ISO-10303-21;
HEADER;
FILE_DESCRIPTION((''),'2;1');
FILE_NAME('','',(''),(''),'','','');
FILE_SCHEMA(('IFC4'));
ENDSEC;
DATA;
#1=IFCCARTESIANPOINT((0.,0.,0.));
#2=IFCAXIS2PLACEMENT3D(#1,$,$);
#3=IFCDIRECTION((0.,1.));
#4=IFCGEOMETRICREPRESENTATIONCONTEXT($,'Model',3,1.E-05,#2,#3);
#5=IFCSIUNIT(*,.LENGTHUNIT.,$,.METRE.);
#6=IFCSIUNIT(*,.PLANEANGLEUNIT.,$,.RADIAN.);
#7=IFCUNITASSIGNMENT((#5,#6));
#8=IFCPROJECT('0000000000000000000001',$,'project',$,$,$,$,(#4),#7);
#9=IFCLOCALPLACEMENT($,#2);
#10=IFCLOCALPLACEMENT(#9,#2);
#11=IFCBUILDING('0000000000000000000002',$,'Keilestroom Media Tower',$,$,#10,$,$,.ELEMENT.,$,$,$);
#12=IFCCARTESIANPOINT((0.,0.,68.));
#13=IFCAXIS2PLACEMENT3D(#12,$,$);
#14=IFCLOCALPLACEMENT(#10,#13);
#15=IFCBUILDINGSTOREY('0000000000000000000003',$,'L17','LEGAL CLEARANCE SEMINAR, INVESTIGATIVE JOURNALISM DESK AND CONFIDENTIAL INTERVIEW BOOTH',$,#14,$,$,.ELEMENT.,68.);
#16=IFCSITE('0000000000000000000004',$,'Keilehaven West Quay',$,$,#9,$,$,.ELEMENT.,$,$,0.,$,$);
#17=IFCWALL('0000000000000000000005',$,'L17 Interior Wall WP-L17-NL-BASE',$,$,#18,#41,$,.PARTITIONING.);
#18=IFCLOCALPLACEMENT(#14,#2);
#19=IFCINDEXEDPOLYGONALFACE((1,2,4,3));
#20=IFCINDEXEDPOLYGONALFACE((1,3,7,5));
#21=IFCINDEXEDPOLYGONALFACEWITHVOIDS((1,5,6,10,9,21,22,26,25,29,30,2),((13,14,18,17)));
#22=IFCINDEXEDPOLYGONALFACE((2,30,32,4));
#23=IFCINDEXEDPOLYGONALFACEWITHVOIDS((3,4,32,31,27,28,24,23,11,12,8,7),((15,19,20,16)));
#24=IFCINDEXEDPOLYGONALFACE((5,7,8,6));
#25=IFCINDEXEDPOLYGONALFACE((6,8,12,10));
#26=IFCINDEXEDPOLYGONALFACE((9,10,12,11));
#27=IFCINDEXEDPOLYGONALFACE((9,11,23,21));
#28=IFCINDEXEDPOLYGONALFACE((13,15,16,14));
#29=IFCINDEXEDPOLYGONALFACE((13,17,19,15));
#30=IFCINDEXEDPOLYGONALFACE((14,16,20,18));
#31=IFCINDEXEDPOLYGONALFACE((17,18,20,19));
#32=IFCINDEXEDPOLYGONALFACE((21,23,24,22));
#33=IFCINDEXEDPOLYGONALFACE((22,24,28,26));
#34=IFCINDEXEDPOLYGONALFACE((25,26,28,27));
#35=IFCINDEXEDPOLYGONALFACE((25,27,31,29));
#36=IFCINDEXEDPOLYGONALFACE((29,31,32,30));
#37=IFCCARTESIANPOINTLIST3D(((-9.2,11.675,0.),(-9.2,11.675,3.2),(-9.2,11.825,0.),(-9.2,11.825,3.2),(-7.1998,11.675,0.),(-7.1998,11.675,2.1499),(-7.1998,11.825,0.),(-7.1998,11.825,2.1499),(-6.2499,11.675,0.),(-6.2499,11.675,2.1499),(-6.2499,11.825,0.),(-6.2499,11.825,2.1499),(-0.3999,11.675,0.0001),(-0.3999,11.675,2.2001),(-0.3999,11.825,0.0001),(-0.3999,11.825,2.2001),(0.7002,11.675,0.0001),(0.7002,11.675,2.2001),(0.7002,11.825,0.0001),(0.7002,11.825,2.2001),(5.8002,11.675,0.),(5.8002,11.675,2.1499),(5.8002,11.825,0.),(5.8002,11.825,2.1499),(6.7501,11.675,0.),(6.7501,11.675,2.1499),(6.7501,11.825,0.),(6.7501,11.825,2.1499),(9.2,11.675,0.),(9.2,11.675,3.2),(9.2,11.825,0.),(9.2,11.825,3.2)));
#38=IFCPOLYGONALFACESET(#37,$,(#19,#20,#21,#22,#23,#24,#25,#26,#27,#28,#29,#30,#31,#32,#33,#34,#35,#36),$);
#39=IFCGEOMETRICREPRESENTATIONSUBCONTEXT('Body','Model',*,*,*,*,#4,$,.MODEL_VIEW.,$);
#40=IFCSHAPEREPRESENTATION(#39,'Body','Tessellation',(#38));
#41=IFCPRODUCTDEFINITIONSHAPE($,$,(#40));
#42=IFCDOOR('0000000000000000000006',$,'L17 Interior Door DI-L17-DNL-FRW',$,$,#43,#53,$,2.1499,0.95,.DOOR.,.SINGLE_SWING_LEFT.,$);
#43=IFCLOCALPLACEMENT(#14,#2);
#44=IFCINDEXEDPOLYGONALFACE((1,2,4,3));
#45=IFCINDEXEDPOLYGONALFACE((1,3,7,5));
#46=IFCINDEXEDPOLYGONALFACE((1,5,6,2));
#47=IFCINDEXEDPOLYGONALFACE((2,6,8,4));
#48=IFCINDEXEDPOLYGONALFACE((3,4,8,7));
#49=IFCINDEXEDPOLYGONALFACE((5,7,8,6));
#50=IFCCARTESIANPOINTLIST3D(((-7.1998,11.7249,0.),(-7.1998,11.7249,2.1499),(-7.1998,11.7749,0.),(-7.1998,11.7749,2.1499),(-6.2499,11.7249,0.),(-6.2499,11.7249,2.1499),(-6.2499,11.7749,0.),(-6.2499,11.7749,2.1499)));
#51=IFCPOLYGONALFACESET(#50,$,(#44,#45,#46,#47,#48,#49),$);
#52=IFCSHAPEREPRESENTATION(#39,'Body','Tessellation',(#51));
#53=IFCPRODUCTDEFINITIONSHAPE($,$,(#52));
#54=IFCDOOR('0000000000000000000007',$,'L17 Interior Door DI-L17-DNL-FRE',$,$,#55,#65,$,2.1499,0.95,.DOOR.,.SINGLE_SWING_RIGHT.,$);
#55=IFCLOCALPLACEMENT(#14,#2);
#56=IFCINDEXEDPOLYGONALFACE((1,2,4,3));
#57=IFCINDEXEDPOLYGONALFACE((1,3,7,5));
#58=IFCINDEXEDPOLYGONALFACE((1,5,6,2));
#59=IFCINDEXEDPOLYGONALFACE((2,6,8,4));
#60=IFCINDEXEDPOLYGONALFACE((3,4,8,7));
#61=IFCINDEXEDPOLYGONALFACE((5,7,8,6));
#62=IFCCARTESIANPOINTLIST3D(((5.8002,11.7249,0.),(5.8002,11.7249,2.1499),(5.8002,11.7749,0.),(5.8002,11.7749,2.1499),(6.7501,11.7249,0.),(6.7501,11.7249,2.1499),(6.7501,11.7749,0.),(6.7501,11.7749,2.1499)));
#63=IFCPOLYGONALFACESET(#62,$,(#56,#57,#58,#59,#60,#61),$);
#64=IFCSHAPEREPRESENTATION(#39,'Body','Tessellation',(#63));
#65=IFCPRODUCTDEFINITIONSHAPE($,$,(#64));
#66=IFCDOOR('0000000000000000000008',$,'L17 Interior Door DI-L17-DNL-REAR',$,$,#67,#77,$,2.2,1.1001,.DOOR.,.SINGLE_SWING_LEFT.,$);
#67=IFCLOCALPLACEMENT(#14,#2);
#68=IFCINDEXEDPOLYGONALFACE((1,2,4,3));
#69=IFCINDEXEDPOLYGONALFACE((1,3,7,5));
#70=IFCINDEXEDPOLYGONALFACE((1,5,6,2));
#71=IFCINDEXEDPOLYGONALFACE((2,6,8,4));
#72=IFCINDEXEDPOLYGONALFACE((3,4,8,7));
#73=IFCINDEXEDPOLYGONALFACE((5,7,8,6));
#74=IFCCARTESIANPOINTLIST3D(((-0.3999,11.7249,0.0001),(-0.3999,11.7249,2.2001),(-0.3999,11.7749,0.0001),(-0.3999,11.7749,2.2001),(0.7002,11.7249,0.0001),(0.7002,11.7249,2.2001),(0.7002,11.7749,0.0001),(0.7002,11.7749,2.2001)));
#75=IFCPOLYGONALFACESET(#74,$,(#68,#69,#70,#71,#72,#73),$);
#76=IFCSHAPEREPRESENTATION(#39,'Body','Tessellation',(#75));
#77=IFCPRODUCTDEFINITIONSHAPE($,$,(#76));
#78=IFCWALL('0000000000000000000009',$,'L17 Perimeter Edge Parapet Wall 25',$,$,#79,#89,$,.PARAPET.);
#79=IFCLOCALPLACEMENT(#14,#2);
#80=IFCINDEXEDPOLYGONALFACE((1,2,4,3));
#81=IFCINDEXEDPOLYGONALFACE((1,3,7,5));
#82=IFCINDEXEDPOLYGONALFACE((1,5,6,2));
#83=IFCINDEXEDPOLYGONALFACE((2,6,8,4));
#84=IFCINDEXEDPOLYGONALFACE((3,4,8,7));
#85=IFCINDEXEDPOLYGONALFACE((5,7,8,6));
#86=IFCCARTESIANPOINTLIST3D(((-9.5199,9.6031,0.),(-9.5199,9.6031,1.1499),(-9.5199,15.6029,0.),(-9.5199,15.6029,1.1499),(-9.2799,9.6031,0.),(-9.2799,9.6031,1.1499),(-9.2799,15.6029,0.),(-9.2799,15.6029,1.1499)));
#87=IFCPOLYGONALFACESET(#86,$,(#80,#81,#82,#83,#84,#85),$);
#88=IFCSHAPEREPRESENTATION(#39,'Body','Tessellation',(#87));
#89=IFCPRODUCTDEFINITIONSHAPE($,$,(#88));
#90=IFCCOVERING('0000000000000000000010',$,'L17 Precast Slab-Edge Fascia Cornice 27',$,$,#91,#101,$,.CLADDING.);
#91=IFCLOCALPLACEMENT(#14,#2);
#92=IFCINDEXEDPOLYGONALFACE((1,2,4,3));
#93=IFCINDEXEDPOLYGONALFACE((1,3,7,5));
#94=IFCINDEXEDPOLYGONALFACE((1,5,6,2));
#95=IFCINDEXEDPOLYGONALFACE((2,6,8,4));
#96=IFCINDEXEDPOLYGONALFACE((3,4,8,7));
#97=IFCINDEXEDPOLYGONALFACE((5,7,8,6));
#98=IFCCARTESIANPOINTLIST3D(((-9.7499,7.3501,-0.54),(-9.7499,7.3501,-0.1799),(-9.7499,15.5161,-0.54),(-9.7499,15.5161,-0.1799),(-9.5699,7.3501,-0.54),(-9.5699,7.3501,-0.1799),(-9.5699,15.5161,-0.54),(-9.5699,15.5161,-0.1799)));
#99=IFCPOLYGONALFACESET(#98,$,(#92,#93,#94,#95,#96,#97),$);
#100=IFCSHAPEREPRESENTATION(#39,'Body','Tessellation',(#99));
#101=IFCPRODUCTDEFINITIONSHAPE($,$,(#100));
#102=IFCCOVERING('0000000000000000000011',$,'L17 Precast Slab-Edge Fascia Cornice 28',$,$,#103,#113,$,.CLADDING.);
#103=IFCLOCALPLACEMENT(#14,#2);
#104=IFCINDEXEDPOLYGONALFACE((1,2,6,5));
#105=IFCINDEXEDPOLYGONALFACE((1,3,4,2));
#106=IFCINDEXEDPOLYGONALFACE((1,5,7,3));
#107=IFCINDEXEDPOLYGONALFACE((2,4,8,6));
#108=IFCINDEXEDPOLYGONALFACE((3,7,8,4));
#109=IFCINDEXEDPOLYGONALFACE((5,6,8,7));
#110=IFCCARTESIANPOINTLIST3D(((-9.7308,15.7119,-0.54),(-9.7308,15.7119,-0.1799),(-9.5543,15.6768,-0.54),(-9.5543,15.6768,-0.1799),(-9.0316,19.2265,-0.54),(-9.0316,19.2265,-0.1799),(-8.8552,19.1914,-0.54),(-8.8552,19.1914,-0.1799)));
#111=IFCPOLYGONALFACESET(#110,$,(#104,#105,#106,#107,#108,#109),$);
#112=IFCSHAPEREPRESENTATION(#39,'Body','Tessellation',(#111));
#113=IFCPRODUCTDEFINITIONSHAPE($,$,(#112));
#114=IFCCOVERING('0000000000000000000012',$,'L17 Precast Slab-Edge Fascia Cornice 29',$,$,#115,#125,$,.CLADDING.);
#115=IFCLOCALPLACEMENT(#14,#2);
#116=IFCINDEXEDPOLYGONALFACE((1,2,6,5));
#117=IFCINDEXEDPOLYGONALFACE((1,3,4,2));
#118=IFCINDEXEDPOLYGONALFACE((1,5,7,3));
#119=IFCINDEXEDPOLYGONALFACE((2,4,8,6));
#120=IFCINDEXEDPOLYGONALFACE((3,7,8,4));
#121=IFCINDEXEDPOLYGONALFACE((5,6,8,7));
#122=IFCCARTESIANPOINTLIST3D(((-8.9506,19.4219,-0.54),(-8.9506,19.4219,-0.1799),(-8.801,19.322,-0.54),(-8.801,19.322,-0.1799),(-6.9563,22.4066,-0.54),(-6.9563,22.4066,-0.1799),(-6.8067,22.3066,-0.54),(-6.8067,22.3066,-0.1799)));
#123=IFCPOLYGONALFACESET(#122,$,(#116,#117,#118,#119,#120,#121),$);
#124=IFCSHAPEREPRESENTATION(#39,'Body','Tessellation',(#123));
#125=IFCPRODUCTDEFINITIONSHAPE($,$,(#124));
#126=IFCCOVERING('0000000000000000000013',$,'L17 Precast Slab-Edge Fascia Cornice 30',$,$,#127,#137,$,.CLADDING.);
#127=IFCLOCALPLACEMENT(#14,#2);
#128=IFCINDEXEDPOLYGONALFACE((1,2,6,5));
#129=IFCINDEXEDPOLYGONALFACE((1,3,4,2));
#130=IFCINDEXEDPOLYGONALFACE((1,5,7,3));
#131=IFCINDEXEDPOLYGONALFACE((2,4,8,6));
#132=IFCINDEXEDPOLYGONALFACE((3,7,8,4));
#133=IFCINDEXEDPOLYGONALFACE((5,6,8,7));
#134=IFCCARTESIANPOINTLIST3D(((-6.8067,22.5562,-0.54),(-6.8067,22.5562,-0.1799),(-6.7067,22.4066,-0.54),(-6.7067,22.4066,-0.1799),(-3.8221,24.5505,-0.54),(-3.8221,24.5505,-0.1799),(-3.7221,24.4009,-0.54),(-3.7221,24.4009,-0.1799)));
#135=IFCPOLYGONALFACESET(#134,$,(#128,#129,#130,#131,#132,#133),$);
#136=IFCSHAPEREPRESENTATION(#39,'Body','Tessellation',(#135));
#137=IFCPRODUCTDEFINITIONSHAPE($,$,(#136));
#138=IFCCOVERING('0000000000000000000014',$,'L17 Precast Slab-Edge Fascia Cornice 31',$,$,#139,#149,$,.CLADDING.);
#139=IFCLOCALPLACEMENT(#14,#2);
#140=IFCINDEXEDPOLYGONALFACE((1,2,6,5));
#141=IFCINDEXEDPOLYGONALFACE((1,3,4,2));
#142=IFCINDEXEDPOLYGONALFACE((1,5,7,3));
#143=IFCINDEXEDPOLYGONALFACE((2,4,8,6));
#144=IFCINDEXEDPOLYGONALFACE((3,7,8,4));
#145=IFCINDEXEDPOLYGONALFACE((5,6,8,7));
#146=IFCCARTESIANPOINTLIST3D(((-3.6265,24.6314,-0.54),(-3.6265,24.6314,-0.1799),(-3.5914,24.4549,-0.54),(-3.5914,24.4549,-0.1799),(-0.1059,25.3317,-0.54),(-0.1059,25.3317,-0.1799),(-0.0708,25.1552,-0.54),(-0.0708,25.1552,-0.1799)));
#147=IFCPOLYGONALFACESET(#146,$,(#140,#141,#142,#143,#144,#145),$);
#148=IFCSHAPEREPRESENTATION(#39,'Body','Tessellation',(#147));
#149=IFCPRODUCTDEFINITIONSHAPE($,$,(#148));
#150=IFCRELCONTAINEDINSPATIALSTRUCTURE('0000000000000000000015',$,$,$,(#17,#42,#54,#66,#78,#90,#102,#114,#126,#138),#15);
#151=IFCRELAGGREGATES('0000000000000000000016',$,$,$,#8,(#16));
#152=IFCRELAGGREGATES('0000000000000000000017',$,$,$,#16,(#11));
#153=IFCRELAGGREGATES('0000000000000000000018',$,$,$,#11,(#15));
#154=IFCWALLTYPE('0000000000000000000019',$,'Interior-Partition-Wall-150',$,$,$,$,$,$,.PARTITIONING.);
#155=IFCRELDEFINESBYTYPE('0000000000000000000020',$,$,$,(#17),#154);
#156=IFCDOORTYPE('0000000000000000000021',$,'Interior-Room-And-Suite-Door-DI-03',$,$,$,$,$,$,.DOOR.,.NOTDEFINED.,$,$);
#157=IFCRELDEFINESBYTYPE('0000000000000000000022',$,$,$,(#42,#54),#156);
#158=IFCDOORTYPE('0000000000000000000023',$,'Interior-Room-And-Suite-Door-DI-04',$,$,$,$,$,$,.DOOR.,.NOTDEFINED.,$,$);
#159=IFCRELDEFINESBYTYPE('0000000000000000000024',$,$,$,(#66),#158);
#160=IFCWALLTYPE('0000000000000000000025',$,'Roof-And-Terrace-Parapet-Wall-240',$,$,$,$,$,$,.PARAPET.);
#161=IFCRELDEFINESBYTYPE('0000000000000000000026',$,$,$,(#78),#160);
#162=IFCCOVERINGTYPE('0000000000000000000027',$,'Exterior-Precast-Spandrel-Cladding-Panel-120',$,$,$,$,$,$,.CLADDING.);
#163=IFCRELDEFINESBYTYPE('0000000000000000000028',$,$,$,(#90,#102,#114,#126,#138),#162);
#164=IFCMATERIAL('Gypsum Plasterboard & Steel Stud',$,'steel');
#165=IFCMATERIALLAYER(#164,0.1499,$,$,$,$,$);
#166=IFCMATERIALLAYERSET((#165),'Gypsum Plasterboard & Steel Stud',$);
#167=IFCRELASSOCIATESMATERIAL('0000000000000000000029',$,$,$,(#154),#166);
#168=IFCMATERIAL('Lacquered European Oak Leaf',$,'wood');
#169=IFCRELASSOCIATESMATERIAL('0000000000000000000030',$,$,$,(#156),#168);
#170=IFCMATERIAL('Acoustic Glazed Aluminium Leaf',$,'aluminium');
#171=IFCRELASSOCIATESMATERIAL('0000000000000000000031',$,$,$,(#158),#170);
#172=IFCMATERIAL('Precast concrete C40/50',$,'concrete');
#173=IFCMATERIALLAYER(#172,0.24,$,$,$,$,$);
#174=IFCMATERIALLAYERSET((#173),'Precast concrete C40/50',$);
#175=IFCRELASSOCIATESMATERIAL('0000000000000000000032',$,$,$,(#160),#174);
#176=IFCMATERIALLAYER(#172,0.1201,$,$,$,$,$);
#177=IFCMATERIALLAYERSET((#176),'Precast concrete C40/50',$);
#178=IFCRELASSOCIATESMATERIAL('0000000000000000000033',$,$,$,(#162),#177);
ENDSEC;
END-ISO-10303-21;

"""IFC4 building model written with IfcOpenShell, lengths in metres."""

from ifc_helpers import new_model, si_unit, direction, frame, frame_2d, origin, origin_2d, place, context, subcontext, project, spatial, rectangle, extrude, source, transform, mapped, material, layer, layer_set, type_object, element, fill, save


model = new_model("IFC4")

# Units and contexts
model_context = context("Model", 3, precision=1e-05, world=origin(), true_north=direction((0.0, 1.0)))
body_context = subcontext(model_context, "Body", "Model", "MODEL_VIEW")
ifc_project = project(units=[si_unit("LENGTHUNIT", "METRE"), si_unit("PLANEANGLEUNIT", "RADIAN")], contexts=[model_context])

# Site, building, storey
site_placement = place(None, origin())
site = spatial("IfcSite", under=ifc_project, at=site_placement, Name="Keilehaven West Quay", CompositionType="ELEMENT", RefElevation=0.0)
building_placement = place(site_placement, origin())
building = spatial("IfcBuilding", under=site, at=building_placement, Name="Keilestroom Media Tower", CompositionType="ELEMENT")
storey_placement = place(building_placement, frame((0.0, 0.0, 68.0)))
storey = spatial("IfcBuildingStorey", under=building, at=storey_placement, Name="L17", Description="LEGAL CLEARANCE SEMINAR, INVESTIGATIVE JOURNALISM DESK AND CONFIDENTIAL INTERVIEW BOOTH", CompositionType="ELEMENT", Elevation=68.0)

# Shared definitions
ifc_material_1 = material(Name="Precast concrete C40/50", Category="concrete")
ifc_material_2 = material(Name="Gypsum Plasterboard & Steel Stud", Category="steel")

# Wall, openings, doors
ifc_layer_1 = layer(ifc_material_2, 0.1499)
ifc_layer_set_1 = layer_set([ifc_layer_1], Name="Gypsum Plasterboard & Steel Stud")
wall_type_1 = type_object("IfcWallType", Name="Interior-Partition-Wall-150", PredefinedType="PARTITIONING", material=ifc_layer_set_1)
wall_1_placement = place(storey_placement, frame((-9.2, 11.75, 0.0), z_axis=(0.0, 0.0, 1.0), x_axis=(1.0, 0.0, 0.0)))
wall_1 = element("IfcWall", 1, at=wall_1_placement, inside=storey, type_object=wall_type_1, Name="L17 Interior Wall WP-L17-NL-BASE", PredefinedType="PARTITIONING", context=body_context, shape_type="SweptSolid", body=[
    extrude(rectangle(XDim=18.3999, YDim=0.1499, at=frame_2d((9.2, 0.0))), origin(), (0.0, 0.0, 1.0), 3.2),
])
opening_1_placement = place(wall_1_placement, frame((2.0, 0.0, 0.0)))
opening_1 = element("IfcOpeningElement", 2, at=opening_1_placement, cuts=wall_1, PredefinedType="OPENING", context=body_context, shape_type="SweptSolid", body=[
    extrude(rectangle(XDim=0.95, YDim=2.1499, at=frame_2d((0.4751, 1.075))), frame((0.0, 0.085, 0.0), z_axis=(0.0, -1.0, 0.0), x_axis=(1.0, 0.0, 0.0)), (0.0, 0.0, 1.0), 0.1699),
])
opening_2_placement = place(wall_1_placement, frame((15.0, 0.0, 0.0)))
opening_2 = element("IfcOpeningElement", 3, at=opening_2_placement, cuts=wall_1, PredefinedType="OPENING", context=body_context, shape_type="SweptSolid", body=[
    extrude(rectangle(XDim=0.95, YDim=2.1499, at=frame_2d((0.4751, 1.075))), frame((0.0, 0.085, 0.0), z_axis=(0.0, -1.0, 0.0), x_axis=(1.0, 0.0, 0.0)), (0.0, 0.0, 1.0), 0.1699),
])
opening_3_placement = place(wall_1_placement, frame((8.8, 0.0, 0.0)))
opening_3 = element("IfcOpeningElement", 4, at=opening_3_placement, cuts=wall_1, PredefinedType="OPENING", context=body_context, shape_type="SweptSolid", body=[
    extrude(rectangle(XDim=1.1001, YDim=2.2, at=frame_2d((0.55, 1.1001))), frame((0.0, 0.085, 0.0), z_axis=(0.0, -1.0, 0.0), x_axis=(1.0, 0.0, 0.0)), (0.0, 0.0, 1.0), 0.1699),
])
ifc_material_3 = material(Name="Lacquered European Oak Leaf", Category="wood")
door_type_1 = type_object("IfcDoorType", Name="Interior-Room-And-Suite-Door-DI-03", OperationType="NOTDEFINED", PredefinedType="DOOR", material=ifc_material_3)
shared_shape_1 = source(origin(), body_context, "Body", "SweptSolid", [
    extrude(rectangle(XDim=0.95, YDim=2.1499, at=frame_2d((0.4751, 1.075))), frame((0.0, 0.0249, 0.0), z_axis=(0.0, -1.0, 0.0), x_axis=(1.0, 0.0, 0.0)), (0.0, 0.0, 1.0), 0.05),
])
door_1_placement = place(opening_1_placement, origin())
door_1 = element("IfcDoor", 5, at=door_1_placement, inside=storey, type_object=door_type_1, Name="L17 Interior Door DI-L17-DNL-FRW", OperationType="SINGLE_SWING_LEFT", OverallHeight=2.1499, OverallWidth=0.95, PredefinedType="DOOR", context=body_context, shape_type="MappedRepresentation", body=[
    mapped(shared_shape_1, transform((0.0, 0.0, 0.0), x_axis=(1.0, 0.0, 0.0), y_axis=(0.0, 1.0, 0.0), z_axis=(0.0, 0.0, 1.0), scale=1.0)),
])
fill(opening_1, door_1)
door_2_placement = place(opening_2_placement, origin())
door_2 = element("IfcDoor", 6, at=door_2_placement, inside=storey, type_object=door_type_1, Name="L17 Interior Door DI-L17-DNL-FRE", OperationType="SINGLE_SWING_RIGHT", OverallHeight=2.1499, OverallWidth=0.95, PredefinedType="DOOR", context=body_context, shape_type="MappedRepresentation", body=[
    mapped(shared_shape_1, transform((0.0, 0.0, 0.0), x_axis=(1.0, 0.0, 0.0), y_axis=(0.0, 1.0, 0.0), z_axis=(0.0, 0.0, 1.0), scale=1.0)),
])
fill(opening_2, door_2)
ifc_material_4 = material(Name="Acoustic Glazed Aluminium Leaf", Category="aluminium")
door_type_2 = type_object("IfcDoorType", Name="Interior-Room-And-Suite-Door-DI-04", OperationType="NOTDEFINED", PredefinedType="DOOR", material=ifc_material_4)
shared_shape_2 = source(origin(), body_context, "Body", "SweptSolid", [
    extrude(rectangle(XDim=1.1001, YDim=2.2, at=frame_2d((0.55, 1.1001))), frame((0.0, 0.0249, 0.0), z_axis=(0.0, -1.0, 0.0), x_axis=(1.0, 0.0, 0.0)), (0.0, 0.0, 1.0), 0.05),
])
door_3_placement = place(opening_3_placement, origin())
door_3 = element("IfcDoor", 7, at=door_3_placement, inside=storey, type_object=door_type_2, Name="L17 Interior Door DI-L17-DNL-REAR", OperationType="SINGLE_SWING_LEFT", OverallHeight=2.2, OverallWidth=1.1001, PredefinedType="DOOR", context=body_context, shape_type="MappedRepresentation", body=[
    mapped(shared_shape_2, transform((0.0, 0.0, 0.0), x_axis=(1.0, 0.0, 0.0), y_axis=(0.0, 1.0, 0.0), z_axis=(0.0, 0.0, 1.0), scale=1.0)),
])
fill(opening_3, door_3)

# Wall
ifc_layer_2 = layer(ifc_material_1, 0.24)
ifc_layer_set_2 = layer_set([ifc_layer_2], Name="Precast concrete C40/50")
wall_type_2 = type_object("IfcWallType", Name="Roof-And-Terrace-Parapet-Wall-240", PredefinedType="PARAPET", material=ifc_layer_set_2)
wall_2_placement = place(storey_placement, frame((-9.3999, 9.603, 0.0), z_axis=(0.0, 0.0, 1.0), x_axis=(0.0, 1.0, 0.0)))
element("IfcWall", 8, at=wall_2_placement, inside=storey, type_object=wall_type_2, Name="L17 Perimeter Edge Parapet Wall 25", PredefinedType="PARAPET", context=body_context, shape_type="SweptSolid", body=[
    extrude(rectangle(XDim=5.9998, YDim=0.24, at=frame_2d((3.0, 0.0))), origin(), (0.0, 0.0, 1.0), 1.1499),
])

# Coverings
ifc_layer_3 = layer(ifc_material_1, 0.1201)
ifc_layer_set_3 = layer_set([ifc_layer_3], Name="Precast concrete C40/50")
covering_type = type_object("IfcCoveringType", Name="Exterior-Precast-Spandrel-Cladding-Panel-120", PredefinedType="CLADDING", material=ifc_layer_set_3)
shared_shape_3 = source(origin(), body_context, "Body", "SweptSolid", [
    extrude(rectangle(XDim=8.166, YDim=0.1799, at=origin_2d()), origin(), (0.0, 0.0, 1.0), 0.3601),
])
covering_1_placement = place(storey_placement, frame((-9.6599, 11.4331, -0.54), z_axis=(0.0, 0.0, 1.0), x_axis=(0.0, 1.0, 0.0)))
element("IfcCovering", 9, at=covering_1_placement, inside=storey, type_object=covering_type, Name="L17 Precast Slab-Edge Fascia Cornice 27", PredefinedType="CLADDING", context=body_context, shape_type="MappedRepresentation", body=[
    mapped(shared_shape_3, transform((0.0, 0.0, 0.0), x_axis=(1.0, 0.0, 0.0), y_axis=(0.0, 1.0, 0.0), z_axis=(0.0, 0.0, 1.0), scale=1.0)),
])
shared_shape_4 = source(origin(), body_context, "Body", "SweptSolid", [
    extrude(rectangle(XDim=3.5835, YDim=0.1799, at=origin_2d()), origin(), (0.0, 0.0, 1.0), 0.3601),
])
covering_2_placement = place(storey_placement, frame((-9.293, 17.4517, -0.54), z_axis=(0.0, 0.0, 1.0), x_axis=(0.195099, 0.980784, 0.0)))
element("IfcCovering", 10, at=covering_2_placement, inside=storey, type_object=covering_type, Name="L17 Precast Slab-Edge Fascia Cornice 28", PredefinedType="CLADDING", context=body_context, shape_type="MappedRepresentation", body=[
    mapped(shared_shape_4, transform((0.0, 0.0, 0.0), x_axis=(1.0, 0.0, 0.0), y_axis=(0.0, 1.0, 0.0), z_axis=(0.0, 0.0, 1.0), scale=1.0)),
])
shared_shape_5 = source(origin(), body_context, "Body", "SweptSolid", [
    extrude(rectangle(XDim=3.5896, YDim=0.1799, at=origin_2d()), origin(), (0.0, 0.0, 1.0), 0.3601),
])
for number, where, z_axis, x_axis, name in (
    (11, (-7.8787, 20.8643, -0.54), (0.0, 0.0, 1.0), (0.555575, 0.831467, 0.0), "L17 Precast Slab-Edge Fascia Cornice 29"),
    (12, (-5.2644, 23.4785, -0.54), (0.0, 0.0, 1.0), (0.831467, 0.555575, 0.0), "L17 Precast Slab-Edge Fascia Cornice 30"),
    (13, (-1.8486, 24.8933, -0.54), (0.0, 0.0, 1.0), (0.980784, 0.195099, 0.0), "L17 Precast Slab-Edge Fascia Cornice 31"),
):
    element("IfcCovering", number, at=place(storey_placement, frame(where, z_axis=z_axis, x_axis=x_axis)), inside=storey, type_object=covering_type, Name=name, PredefinedType="CLADDING", context=body_context, shape_type="MappedRepresentation", body=[
        mapped(shared_shape_5, transform((0.0, 0.0, 0.0), x_axis=(1.0, 0.0, 0.0), y_axis=(0.0, 1.0, 0.0), z_axis=(0.0, 0.0, 1.0), scale=1.0)),
    ])

save(model, "model.ifc")
